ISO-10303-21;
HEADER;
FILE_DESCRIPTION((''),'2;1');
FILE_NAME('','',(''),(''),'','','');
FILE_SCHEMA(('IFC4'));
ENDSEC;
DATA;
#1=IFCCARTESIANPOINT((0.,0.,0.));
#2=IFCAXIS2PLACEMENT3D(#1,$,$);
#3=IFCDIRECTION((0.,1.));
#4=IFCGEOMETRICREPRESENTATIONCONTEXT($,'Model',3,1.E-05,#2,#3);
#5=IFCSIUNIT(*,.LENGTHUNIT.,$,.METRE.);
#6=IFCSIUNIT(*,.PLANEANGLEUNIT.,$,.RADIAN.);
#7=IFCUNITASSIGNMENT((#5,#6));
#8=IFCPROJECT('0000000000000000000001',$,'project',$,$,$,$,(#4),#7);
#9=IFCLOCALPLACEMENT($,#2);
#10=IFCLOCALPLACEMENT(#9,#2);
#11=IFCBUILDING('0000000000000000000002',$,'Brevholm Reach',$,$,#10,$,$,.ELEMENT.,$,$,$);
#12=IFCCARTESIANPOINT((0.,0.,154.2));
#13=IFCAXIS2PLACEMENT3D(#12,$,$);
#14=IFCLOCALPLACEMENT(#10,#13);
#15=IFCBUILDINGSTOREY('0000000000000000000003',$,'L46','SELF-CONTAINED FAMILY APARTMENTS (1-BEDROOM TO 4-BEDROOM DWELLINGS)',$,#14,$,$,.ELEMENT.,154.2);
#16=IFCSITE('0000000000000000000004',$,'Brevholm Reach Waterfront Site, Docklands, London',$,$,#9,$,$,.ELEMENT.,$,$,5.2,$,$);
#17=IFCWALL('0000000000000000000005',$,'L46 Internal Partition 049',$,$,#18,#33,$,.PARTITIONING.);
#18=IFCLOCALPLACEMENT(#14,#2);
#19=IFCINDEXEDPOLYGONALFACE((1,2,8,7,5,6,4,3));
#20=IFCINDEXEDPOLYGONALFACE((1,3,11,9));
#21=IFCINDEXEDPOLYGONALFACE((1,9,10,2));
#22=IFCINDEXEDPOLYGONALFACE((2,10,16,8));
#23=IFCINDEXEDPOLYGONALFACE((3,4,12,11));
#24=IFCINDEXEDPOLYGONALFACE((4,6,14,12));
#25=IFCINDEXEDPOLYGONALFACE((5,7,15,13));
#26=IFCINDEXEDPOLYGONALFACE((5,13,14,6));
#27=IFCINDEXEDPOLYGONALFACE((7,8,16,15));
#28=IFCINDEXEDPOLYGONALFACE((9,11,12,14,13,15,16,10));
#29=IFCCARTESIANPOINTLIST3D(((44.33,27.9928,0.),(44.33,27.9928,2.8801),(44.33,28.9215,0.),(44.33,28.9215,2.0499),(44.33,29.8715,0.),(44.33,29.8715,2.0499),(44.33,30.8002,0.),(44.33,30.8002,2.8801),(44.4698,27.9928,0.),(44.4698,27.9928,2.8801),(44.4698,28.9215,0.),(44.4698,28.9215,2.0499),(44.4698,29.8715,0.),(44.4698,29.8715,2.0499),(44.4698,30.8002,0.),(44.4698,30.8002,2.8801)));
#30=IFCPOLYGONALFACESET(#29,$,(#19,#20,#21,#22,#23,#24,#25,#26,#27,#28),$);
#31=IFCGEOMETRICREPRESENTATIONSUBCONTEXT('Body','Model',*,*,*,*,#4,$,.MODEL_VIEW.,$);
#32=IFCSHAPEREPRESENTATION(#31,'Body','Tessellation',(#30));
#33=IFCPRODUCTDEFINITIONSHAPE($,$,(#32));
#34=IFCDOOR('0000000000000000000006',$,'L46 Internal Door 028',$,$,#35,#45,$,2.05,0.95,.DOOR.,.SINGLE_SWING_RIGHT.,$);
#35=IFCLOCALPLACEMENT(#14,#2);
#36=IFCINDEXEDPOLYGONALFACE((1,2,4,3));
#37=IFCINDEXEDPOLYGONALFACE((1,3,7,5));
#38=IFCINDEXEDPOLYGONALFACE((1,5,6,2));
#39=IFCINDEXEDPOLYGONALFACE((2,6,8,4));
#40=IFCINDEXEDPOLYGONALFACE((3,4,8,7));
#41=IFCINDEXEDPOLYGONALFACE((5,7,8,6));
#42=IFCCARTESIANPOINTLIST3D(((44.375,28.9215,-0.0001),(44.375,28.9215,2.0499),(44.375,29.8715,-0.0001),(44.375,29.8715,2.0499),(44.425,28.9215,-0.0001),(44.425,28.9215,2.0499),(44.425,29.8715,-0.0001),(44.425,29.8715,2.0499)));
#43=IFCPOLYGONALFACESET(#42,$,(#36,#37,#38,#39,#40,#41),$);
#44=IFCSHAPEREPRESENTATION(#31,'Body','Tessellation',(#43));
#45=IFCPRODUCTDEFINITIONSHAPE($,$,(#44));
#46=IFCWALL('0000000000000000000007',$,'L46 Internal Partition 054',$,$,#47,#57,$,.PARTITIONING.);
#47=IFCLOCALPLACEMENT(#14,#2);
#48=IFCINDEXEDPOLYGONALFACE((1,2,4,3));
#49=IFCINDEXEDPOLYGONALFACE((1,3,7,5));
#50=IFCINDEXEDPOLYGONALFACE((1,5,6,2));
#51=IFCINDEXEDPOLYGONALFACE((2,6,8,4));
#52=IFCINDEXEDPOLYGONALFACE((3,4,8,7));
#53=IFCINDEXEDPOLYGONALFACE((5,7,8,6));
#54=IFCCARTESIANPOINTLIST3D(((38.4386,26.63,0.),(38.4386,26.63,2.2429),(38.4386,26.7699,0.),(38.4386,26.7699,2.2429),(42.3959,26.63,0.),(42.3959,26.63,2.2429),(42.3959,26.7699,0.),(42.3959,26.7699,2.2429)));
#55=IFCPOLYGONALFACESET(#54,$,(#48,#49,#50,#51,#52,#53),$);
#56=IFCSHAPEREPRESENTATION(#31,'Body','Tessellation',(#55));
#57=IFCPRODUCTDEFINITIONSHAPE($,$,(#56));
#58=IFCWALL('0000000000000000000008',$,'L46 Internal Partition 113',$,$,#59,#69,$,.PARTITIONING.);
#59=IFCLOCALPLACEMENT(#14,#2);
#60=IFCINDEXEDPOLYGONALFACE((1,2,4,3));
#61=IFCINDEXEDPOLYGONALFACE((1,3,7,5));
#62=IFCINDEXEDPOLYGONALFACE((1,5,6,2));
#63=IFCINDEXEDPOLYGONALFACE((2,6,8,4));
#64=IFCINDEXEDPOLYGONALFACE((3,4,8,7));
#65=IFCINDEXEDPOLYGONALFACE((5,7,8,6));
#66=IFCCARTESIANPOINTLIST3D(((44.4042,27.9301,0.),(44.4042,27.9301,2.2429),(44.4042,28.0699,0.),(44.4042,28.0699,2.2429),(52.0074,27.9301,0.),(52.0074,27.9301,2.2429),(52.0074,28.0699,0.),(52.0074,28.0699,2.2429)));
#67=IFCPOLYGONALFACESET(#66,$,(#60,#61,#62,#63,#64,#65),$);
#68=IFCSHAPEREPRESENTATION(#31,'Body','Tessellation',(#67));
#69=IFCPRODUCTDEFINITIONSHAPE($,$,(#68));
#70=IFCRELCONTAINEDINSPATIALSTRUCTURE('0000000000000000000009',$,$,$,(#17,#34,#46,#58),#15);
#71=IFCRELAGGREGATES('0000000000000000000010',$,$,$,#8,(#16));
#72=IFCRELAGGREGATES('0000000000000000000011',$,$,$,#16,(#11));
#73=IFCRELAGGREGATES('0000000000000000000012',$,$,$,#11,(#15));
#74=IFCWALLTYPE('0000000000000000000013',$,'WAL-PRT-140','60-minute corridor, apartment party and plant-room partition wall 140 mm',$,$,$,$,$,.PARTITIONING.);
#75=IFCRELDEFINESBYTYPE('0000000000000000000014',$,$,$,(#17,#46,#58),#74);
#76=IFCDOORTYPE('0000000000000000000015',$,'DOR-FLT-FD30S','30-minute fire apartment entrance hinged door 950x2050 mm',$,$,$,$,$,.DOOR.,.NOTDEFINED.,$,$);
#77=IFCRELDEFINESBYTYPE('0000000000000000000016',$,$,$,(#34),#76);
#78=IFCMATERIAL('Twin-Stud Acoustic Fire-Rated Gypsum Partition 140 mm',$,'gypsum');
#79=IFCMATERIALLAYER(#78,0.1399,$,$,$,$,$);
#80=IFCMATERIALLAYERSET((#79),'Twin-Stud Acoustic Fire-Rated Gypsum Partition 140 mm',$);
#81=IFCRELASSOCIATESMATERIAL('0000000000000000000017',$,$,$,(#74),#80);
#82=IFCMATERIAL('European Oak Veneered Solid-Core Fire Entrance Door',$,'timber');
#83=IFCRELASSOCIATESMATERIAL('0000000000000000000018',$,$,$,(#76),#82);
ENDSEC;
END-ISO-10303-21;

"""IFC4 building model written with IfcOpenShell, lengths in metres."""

from ifc_helpers import new_model, si_unit, direction, frame, frame_2d, origin, place, context, subcontext, project, spatial, rectangle, extrude, material, layer, layer_set, type_object, element, fill, save


model = new_model("IFC4")

# Units and contexts
model_context = context("Model", 3, precision=1e-05, world=origin(), true_north=direction((0.0, 1.0)))
body_context = subcontext(model_context, "Body", "Model", "MODEL_VIEW")
ifc_project = project(units=[si_unit("LENGTHUNIT", "METRE"), si_unit("PLANEANGLEUNIT", "RADIAN")], contexts=[model_context])

# Site, building, storey
site_placement = place(None, origin())
site = spatial("IfcSite", under=ifc_project, at=site_placement, Name="Brevholm Reach Waterfront Site, Docklands, London", CompositionType="ELEMENT", RefElevation=5.2)
building_placement = place(site_placement, origin())
building = spatial("IfcBuilding", under=site, at=building_placement, Name="Brevholm Reach", CompositionType="ELEMENT")
storey_placement = place(building_placement, frame((0.0, 0.0, 154.2)))
storey = spatial("IfcBuildingStorey", under=building, at=storey_placement, Name="L46", Description="SELF-CONTAINED FAMILY APARTMENTS (1-BEDROOM TO 4-BEDROOM DWELLINGS)", CompositionType="ELEMENT", Elevation=154.2)

# Wall, opening, door
ifc_material_1 = material(Name="Twin-Stud Acoustic Fire-Rated Gypsum Partition 140 mm", Category="gypsum")
ifc_layer_1 = layer(ifc_material_1, 0.1399)
ifc_layer_set_1 = layer_set([ifc_layer_1], Name="Twin-Stud Acoustic Fire-Rated Gypsum Partition 140 mm")
wall_type_1 = type_object("IfcWallType", Name="WAL-PRT-140", Description="60-minute corridor, apartment party and plant-room partition wall 140 mm", PredefinedType="PARTITIONING", material=ifc_layer_set_1)
ifc_material_2 = material(Name="European Oak Veneered Solid-Core Fire Entrance Door", Category="timber")
door_type_1 = type_object("IfcDoorType", Name="DOR-FLT-FD30S", Description="30-minute fire apartment entrance hinged door 950x2050 mm", OperationType="NOTDEFINED", PredefinedType="DOOR", material=ifc_material_2)
wall_1_placement = place(storey_placement, frame((44.3999, 27.9927, 0.0), z_axis=(0.0, 0.0, 1.0), x_axis=(0.0, 1.0, 0.0)))
wall_1 = element("IfcWall", 1, at=wall_1_placement, inside=storey, type_object=wall_type_1, Name="L46 Internal Partition 049", PredefinedType="PARTITIONING", context=body_context, shape_type="SweptSolid", body=[
    extrude(rectangle(XDim=2.8074, YDim=0.1399, at=frame_2d((1.4038, 0.0))), origin(), (0.0, 0.0, 1.0), 2.8801),
])
opening_1_placement = place(wall_1_placement, frame((0.9287, 0.0, 0.0)))
opening_1 = element("IfcOpeningElement", 2, at=opening_1_placement, cuts=wall_1, PredefinedType="OPENING", context=body_context, shape_type="SweptSolid", body=[
    extrude(rectangle(XDim=0.95, YDim=2.05, at=frame_2d((0.4751, 1.0249))), frame((0.0, 0.0798, 0.0), z_axis=(0.0, -1.0, 0.0), x_axis=(1.0, 0.0, 0.0)), (0.0, 0.0, 1.0), 0.1599),
])
door_1_placement = place(opening_1_placement, origin())
door_1 = element("IfcDoor", 3, at=door_1_placement, inside=storey, type_object=door_type_1, Name="L46 Internal Door 028", OperationType="SINGLE_SWING_RIGHT", OverallHeight=2.05, OverallWidth=0.95, PredefinedType="DOOR", context=body_context, shape_type="SweptSolid", body=[
    extrude(rectangle(XDim=0.95, YDim=2.05, at=frame_2d((0.4751, 1.0249))), frame((0.0, 0.0249, 0.0), z_axis=(0.0, -1.0, 0.0), x_axis=(1.0, 0.0, 0.0)), (0.0, 0.0, 1.0), 0.05),
])
fill(opening_1, door_1)

# Walls
wall_2_placement = place(storey_placement, frame((38.4387, 26.7, 0.0), z_axis=(0.0, 0.0, 1.0), x_axis=(1.0, 0.0, 0.0)))
element("IfcWall", 4, at=wall_2_placement, inside=storey, type_object=wall_type_1, Name="L46 Internal Partition 054", PredefinedType="PARTITIONING", context=body_context, shape_type="SweptSolid", body=[
    extrude(rectangle(XDim=3.9573, YDim=0.1399, at=frame_2d((1.9785, 0.0))), origin(), (0.0, 0.0, 1.0), 2.2429),
])
wall_3_placement = place(storey_placement, frame((44.4041, 28.0, 0.0), z_axis=(0.0, 0.0, 1.0), x_axis=(1.0, 0.0, 0.0)))
element("IfcWall", 5, at=wall_3_placement, inside=storey, type_object=wall_type_1, Name="L46 Internal Partition 113", PredefinedType="PARTITIONING", context=body_context, shape_type="SweptSolid", body=[
    extrude(rectangle(XDim=7.6033, YDim=0.1399, at=frame_2d((3.8018, 0.0))), origin(), (0.0, 0.0, 1.0), 2.2429),
])

save(model, "model.ifc")
